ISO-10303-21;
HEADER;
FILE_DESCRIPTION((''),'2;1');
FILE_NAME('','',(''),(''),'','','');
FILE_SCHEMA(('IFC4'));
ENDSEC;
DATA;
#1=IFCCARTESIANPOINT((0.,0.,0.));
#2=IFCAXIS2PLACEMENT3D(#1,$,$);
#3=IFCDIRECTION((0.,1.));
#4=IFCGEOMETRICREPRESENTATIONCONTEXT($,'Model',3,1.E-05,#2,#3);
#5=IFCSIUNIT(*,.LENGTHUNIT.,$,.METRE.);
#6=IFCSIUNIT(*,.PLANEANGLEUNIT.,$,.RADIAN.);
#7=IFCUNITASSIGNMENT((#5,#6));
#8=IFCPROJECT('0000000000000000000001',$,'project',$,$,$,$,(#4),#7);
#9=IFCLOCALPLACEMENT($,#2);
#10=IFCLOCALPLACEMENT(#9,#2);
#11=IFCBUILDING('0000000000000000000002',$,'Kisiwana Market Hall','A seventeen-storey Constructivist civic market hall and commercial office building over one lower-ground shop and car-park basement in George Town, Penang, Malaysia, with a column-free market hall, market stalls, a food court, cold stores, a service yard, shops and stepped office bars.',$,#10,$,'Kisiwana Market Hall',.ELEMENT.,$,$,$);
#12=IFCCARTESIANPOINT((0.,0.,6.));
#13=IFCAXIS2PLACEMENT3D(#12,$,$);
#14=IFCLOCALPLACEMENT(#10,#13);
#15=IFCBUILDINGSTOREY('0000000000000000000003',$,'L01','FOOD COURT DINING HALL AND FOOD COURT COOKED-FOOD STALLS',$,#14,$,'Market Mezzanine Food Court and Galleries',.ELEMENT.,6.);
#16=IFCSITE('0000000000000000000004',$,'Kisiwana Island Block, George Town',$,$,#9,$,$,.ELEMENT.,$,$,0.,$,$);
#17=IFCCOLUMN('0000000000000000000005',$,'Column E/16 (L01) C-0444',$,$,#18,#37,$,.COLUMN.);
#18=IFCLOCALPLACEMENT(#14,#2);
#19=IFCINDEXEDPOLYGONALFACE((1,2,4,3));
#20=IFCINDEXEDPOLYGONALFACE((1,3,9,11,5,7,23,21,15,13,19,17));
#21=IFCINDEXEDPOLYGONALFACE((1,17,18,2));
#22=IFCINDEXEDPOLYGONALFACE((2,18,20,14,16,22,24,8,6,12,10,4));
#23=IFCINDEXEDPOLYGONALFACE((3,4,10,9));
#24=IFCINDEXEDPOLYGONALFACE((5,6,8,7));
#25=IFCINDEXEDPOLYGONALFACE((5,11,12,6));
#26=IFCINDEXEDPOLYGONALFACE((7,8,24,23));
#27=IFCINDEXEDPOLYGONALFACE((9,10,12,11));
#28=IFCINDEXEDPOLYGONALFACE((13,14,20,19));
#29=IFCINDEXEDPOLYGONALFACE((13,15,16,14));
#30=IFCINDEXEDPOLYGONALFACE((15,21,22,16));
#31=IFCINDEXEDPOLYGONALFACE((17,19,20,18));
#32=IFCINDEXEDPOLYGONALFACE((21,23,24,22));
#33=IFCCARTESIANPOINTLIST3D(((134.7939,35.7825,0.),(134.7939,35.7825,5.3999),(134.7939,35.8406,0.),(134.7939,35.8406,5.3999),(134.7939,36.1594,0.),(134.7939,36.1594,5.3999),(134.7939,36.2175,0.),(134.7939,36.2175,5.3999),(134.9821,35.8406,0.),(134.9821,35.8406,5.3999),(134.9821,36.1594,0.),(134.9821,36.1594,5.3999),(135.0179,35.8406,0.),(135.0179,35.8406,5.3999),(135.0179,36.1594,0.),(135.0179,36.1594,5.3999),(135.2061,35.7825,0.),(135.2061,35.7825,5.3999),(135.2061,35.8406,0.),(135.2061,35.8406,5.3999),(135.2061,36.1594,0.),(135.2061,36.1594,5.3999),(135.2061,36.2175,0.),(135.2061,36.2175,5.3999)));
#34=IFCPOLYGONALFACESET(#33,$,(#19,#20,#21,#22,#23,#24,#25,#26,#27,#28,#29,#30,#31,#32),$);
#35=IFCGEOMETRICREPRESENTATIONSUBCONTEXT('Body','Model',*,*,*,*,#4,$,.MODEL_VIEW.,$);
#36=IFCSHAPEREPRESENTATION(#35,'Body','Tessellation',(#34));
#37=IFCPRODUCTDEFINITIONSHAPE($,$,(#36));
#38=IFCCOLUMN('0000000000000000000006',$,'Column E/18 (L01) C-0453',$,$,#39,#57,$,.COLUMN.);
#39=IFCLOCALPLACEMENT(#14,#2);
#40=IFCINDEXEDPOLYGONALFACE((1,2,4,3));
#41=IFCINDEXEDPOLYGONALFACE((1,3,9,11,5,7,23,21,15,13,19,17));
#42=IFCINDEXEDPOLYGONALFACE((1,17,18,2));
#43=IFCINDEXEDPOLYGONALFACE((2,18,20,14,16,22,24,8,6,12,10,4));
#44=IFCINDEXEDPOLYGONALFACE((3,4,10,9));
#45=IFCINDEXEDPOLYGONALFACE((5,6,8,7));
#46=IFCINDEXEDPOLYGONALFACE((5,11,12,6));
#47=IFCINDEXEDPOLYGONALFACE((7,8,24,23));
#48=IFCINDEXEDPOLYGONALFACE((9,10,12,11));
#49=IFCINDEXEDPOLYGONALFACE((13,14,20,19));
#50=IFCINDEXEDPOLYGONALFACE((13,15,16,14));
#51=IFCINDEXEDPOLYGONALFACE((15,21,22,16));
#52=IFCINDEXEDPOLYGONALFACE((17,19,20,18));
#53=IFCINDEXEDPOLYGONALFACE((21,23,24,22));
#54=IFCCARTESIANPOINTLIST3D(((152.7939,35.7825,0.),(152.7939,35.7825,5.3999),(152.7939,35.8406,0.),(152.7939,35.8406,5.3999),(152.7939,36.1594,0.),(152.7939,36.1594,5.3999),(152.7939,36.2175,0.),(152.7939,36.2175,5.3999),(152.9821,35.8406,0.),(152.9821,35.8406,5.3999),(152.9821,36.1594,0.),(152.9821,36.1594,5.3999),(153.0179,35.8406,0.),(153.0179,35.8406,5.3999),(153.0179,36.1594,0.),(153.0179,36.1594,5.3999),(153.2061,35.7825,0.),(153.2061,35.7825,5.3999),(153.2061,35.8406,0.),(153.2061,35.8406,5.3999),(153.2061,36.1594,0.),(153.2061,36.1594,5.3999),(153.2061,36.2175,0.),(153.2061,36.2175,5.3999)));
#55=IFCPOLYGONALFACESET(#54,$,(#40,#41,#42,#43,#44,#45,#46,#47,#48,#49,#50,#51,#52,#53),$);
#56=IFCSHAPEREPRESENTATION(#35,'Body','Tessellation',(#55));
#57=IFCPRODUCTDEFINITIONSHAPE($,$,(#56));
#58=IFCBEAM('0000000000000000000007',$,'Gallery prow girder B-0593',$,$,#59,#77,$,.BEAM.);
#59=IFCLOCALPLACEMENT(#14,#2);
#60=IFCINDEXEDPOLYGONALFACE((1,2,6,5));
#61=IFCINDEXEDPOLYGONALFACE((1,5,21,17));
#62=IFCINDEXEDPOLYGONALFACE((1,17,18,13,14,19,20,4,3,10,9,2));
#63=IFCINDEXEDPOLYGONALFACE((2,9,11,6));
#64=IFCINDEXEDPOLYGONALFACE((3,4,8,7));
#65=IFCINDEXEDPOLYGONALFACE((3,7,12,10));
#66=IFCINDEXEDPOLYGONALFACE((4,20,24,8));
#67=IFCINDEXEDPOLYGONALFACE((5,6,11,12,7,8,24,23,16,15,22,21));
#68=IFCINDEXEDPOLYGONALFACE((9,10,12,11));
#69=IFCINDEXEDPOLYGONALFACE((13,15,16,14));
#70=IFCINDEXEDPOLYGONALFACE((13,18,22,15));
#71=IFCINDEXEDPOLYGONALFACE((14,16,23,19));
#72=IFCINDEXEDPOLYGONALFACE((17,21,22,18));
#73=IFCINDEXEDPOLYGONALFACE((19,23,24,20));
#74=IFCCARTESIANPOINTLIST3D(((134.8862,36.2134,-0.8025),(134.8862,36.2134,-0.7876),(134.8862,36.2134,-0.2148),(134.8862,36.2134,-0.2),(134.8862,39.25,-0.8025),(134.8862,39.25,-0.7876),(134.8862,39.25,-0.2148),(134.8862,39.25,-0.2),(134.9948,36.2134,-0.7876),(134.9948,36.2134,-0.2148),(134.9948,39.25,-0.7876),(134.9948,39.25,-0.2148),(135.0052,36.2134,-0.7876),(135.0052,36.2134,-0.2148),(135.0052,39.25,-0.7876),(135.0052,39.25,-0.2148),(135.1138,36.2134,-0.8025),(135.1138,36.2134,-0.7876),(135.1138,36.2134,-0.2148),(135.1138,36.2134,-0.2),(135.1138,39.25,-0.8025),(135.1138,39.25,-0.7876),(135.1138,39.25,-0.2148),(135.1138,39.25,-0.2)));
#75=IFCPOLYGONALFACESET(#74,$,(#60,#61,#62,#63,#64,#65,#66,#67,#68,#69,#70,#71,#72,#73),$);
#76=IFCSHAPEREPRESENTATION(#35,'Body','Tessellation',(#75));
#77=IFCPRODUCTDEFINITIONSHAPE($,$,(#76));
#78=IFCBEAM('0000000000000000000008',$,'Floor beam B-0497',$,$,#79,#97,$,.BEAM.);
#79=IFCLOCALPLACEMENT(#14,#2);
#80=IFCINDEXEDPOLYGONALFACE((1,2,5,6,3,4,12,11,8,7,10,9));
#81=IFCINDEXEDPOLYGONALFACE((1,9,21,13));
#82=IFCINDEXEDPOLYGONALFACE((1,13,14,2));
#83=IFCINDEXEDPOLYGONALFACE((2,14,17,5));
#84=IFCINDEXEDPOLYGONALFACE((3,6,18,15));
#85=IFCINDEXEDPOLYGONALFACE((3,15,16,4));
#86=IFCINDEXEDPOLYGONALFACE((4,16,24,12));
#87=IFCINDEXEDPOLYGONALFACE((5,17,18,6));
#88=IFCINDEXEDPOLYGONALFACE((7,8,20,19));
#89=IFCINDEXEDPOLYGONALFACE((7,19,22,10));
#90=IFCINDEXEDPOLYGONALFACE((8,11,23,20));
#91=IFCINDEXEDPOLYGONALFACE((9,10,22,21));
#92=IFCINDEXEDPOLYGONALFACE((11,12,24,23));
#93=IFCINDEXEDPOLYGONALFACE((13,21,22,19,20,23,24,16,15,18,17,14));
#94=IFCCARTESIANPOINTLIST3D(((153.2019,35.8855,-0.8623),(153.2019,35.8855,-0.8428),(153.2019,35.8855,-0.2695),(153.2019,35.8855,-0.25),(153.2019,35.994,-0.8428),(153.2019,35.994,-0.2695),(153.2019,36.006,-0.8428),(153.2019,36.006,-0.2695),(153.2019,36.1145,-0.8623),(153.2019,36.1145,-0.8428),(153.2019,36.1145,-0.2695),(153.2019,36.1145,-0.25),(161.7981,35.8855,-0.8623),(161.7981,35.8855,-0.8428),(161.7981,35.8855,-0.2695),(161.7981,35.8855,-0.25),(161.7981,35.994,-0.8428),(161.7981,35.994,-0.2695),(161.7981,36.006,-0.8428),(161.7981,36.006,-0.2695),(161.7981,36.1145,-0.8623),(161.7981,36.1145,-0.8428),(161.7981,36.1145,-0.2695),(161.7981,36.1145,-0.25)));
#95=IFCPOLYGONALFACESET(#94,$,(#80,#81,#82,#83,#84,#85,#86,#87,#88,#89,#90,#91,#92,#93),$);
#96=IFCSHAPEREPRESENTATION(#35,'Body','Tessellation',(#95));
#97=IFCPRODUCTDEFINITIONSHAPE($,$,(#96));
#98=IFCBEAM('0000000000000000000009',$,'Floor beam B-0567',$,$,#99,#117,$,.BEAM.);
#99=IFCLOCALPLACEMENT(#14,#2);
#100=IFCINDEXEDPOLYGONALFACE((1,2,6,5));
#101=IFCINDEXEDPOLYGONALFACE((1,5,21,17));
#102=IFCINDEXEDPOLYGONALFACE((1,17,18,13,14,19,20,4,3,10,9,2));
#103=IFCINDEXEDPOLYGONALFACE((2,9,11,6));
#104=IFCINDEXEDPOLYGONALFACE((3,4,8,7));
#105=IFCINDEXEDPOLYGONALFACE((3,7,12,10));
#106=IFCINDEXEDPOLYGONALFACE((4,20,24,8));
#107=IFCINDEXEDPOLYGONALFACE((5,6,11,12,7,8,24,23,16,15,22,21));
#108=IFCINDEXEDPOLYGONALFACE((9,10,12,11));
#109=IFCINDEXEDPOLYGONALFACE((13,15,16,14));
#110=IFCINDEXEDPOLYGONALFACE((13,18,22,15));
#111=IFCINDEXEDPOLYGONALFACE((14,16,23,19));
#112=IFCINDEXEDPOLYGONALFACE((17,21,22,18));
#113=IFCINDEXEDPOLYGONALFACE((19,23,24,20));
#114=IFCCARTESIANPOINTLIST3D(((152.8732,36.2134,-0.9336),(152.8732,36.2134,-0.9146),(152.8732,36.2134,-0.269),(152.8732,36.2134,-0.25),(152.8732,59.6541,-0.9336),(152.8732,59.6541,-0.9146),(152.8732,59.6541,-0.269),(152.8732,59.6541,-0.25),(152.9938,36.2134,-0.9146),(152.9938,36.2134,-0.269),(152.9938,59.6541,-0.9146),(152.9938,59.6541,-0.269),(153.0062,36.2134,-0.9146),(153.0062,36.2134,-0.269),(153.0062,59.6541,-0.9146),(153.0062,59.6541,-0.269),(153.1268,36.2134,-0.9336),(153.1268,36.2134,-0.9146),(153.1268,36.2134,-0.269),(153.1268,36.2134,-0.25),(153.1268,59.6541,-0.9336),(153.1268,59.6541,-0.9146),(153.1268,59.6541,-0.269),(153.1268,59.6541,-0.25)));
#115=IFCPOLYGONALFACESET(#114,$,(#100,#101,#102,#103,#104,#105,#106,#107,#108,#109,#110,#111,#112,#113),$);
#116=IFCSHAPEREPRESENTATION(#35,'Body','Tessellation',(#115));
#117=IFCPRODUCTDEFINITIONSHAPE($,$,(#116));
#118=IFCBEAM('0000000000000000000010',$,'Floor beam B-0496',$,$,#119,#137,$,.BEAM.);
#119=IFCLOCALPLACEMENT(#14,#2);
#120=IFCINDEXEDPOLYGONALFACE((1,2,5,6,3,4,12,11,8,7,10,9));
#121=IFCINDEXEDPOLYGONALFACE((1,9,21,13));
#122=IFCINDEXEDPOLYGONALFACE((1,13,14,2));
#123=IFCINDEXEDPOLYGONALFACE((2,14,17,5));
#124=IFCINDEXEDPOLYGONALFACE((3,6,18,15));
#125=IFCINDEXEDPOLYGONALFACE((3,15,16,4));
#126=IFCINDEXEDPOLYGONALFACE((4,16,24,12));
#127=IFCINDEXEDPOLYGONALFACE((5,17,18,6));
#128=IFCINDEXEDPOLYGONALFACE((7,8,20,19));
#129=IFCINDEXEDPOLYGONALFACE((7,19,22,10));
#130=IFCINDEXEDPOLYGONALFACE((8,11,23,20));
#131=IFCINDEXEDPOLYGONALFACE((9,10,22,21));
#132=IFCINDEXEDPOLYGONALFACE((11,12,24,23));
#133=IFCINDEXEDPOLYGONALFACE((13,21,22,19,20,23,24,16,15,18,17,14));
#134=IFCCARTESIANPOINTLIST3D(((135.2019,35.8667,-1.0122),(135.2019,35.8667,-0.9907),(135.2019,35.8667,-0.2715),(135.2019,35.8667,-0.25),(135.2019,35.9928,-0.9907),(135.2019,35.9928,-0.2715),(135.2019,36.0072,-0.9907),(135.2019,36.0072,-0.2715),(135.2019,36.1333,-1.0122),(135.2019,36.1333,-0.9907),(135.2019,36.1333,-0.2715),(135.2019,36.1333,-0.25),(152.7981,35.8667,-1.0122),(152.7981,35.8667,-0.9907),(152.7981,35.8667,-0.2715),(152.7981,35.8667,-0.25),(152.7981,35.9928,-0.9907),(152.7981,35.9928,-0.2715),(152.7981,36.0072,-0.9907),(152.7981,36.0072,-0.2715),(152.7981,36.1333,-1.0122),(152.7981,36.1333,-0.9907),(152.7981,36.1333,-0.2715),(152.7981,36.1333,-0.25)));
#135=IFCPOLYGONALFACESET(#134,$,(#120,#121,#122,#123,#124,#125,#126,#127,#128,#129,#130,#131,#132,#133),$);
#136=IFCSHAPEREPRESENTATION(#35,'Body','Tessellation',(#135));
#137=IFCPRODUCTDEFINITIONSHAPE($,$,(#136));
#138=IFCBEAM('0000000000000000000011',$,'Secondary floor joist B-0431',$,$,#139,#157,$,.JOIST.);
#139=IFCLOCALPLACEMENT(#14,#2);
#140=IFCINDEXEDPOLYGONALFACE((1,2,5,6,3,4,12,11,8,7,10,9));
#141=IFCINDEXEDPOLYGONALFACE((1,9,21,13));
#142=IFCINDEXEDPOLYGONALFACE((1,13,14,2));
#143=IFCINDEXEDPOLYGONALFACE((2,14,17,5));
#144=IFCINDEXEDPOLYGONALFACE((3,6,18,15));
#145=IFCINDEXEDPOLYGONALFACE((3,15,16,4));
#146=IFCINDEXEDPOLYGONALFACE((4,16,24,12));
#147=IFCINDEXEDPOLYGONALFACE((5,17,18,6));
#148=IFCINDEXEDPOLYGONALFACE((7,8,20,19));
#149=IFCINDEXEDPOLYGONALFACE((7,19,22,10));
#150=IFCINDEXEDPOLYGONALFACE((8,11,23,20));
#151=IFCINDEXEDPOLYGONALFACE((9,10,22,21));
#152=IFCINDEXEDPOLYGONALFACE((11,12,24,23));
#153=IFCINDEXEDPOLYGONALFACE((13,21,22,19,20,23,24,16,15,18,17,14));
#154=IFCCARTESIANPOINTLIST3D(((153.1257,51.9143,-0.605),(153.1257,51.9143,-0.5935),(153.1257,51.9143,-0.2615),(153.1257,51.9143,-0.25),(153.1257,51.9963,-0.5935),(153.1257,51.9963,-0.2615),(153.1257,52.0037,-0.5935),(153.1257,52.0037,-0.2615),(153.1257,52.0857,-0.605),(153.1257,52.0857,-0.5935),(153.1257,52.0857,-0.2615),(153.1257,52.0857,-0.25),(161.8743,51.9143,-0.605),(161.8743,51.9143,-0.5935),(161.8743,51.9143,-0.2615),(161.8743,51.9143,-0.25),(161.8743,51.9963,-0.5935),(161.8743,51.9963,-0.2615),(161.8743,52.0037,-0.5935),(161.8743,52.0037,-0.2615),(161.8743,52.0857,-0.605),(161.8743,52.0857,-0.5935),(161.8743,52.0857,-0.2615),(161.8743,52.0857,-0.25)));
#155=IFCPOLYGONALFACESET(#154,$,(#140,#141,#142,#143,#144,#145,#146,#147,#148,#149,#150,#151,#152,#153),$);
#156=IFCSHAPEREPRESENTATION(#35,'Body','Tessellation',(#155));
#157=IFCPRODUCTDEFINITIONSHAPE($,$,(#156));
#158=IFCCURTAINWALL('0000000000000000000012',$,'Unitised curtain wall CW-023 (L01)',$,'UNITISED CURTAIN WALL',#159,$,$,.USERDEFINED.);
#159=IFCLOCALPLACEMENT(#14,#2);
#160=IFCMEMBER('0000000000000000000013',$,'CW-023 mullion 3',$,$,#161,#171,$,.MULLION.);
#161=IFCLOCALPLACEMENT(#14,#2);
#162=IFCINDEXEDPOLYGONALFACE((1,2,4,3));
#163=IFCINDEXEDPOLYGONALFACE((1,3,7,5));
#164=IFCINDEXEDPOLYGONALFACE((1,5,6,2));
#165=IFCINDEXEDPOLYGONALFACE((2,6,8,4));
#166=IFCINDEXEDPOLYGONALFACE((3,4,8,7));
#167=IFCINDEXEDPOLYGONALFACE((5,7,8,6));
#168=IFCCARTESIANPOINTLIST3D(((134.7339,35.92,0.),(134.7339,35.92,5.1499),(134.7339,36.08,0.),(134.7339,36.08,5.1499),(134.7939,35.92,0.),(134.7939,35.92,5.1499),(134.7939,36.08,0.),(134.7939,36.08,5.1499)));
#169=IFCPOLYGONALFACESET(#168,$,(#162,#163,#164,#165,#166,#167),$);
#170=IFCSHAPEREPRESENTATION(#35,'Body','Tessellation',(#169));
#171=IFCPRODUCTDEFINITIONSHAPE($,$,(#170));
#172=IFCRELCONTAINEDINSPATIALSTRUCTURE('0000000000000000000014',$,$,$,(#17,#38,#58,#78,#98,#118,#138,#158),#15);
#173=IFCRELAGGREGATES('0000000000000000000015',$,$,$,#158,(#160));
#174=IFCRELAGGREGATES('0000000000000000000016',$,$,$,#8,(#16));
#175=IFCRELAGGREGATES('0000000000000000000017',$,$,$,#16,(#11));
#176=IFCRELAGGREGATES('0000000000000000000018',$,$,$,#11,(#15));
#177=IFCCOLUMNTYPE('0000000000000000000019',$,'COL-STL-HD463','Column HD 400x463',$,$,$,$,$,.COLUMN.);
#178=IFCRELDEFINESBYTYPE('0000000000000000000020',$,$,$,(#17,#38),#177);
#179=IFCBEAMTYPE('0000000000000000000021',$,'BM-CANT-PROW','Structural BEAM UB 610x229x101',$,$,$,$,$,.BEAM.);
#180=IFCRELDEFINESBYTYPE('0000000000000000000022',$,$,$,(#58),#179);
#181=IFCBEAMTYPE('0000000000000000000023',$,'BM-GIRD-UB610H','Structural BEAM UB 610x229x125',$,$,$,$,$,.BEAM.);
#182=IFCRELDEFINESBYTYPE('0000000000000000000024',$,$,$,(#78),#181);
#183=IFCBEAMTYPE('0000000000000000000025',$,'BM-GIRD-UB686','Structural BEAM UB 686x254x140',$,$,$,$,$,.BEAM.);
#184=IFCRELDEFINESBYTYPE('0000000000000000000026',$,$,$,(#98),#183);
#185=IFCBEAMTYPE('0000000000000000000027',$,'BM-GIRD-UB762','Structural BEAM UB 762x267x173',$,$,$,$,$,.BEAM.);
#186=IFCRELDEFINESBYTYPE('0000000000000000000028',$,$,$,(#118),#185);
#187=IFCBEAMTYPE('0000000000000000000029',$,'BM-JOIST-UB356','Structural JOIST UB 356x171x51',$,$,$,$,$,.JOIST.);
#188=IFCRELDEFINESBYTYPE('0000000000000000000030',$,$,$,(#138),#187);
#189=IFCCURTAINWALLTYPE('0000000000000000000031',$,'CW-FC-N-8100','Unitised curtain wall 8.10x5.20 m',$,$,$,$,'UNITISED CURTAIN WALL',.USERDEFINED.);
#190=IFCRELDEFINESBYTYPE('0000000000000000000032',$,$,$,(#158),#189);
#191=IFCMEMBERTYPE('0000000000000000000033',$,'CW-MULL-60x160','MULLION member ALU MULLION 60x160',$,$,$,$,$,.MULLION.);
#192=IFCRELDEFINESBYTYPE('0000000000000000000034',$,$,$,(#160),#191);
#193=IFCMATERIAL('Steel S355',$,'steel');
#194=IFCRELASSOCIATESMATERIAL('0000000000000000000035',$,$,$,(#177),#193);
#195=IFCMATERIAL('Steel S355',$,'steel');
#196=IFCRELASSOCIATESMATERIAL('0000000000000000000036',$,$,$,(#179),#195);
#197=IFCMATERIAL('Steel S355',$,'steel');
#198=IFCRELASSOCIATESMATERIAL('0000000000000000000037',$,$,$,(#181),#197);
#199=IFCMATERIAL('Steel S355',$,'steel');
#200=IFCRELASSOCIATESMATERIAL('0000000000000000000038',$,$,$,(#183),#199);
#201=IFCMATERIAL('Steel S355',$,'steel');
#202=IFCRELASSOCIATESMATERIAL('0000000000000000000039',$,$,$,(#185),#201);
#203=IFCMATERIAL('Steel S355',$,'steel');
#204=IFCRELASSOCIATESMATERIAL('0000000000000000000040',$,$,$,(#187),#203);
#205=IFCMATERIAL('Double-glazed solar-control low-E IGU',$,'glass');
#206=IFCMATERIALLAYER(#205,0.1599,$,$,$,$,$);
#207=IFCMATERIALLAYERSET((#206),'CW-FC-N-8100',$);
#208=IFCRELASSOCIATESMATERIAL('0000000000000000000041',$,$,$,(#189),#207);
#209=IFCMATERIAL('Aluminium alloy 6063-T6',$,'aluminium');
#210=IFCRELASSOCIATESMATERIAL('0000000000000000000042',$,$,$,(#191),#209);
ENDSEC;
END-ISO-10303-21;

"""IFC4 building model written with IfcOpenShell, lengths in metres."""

from ifc_helpers import new_model, si_unit, direction, frame, origin, origin_2d, place, context, subcontext, project, spatial, rectangle, i_section, extrude, material, layer, layer_set, material_profile, profile_set, type_object, element, aggregate, save


model = new_model("IFC4")

# Units and contexts
model_context = context("Model", 3, precision=1e-05, world=origin(), true_north=direction((0.0, 1.0)))
body_context = subcontext(model_context, "Body", "Model", "MODEL_VIEW")
ifc_project = project(units=[si_unit("LENGTHUNIT", "METRE"), si_unit("PLANEANGLEUNIT", "RADIAN")], contexts=[model_context])

# Site, building, storey
site_placement = place(None, origin())
site = spatial("IfcSite", under=ifc_project, at=site_placement, Name="Kisiwana Island Block, George Town", CompositionType="ELEMENT", RefElevation=0.0)
building_placement = place(site_placement, origin())
building = spatial("IfcBuilding", under=site, at=building_placement, Name="Kisiwana Market Hall", Description="A seventeen-storey Constructivist civic market hall and commercial office building over one lower-ground shop and car-park basement in George Town, Penang, Malaysia, with a column-free market hall, market stalls, a food court, cold stores, a service yard, shops and stepped office bars.", LongName="Kisiwana Market Hall", CompositionType="ELEMENT")
storey_placement = place(building_placement, frame((0.0, 0.0, 6.0)))
storey = spatial("IfcBuildingStorey", under=building, at=storey_placement, Name="L01", Description="FOOD COURT DINING HALL AND FOOD COURT COOKED-FOOD STALLS", LongName="Market Mezzanine Food Court and Galleries", CompositionType="ELEMENT", Elevation=6.0)

# Columns
ifc_material_1 = material(Name="Steel S355", Category="steel")
ifc_material_profile_1 = material_profile(ifc_material_1, i_section(OverallWidth=0.4121, OverallDepth=0.4351, WebThickness=0.0359, FlangeThickness=0.0581, at=origin_2d()), Name="HD 400x463")
ifc_profile_set_1 = profile_set([ifc_material_profile_1], Name="Steel S355")
column_type = type_object("IfcColumnType", Name="COL-STL-HD463", Description="Column HD 400x463", PredefinedType="COLUMN", material=ifc_profile_set_1)
for number, where, z_axis, x_axis, name in (
    (1, (135.0, 36.0, 0.0), (0.0, 0.0, 1.0), (1.0, 0.0, 0.0), "Column E/16 (L01) C-0444"),
    (2, (153.0, 36.0, 0.0), (0.0, 0.0, 1.0), (1.0, 0.0, 0.0), "Column E/18 (L01) C-0453"),
):
    element("IfcColumn", number, at=place(storey_placement, frame(where, z_axis=z_axis, x_axis=x_axis)), inside=storey, type_object=column_type, Name=name, PredefinedType="COLUMN", context=body_context, shape_type="SweptSolid", body=[
        extrude(i_section(OverallWidth=0.4121, OverallDepth=0.4351, WebThickness=0.0359, FlangeThickness=0.0581, at=origin_2d()), origin(), (0.0, 0.0, 1.0), 5.3999),
    ])

# Beams
ifc_material_2 = material(Name="Steel S355", Category="steel")
ifc_material_profile_2 = material_profile(ifc_material_2, i_section(OverallWidth=0.2275, OverallDepth=0.6025, WebThickness=0.0105, FlangeThickness=0.0149, at=origin_2d()), Name="UB 610x229x101")
ifc_profile_set_2 = profile_set([ifc_material_profile_2], Name="Steel S355")
beam_type_1 = type_object("IfcBeamType", Name="BM-CANT-PROW", Description="Structural BEAM UB 610x229x101", PredefinedType="BEAM", material=ifc_profile_set_2)
beam_1_placement = place(storey_placement, frame((135.0, 36.2134, -0.5012), z_axis=(0.0, 1.0, 0.0), x_axis=(-1.0, 0.0, 0.0)))
element("IfcBeam", 3, at=beam_1_placement, inside=storey, type_object=beam_type_1, Name="Gallery prow girder B-0593", PredefinedType="BEAM", context=body_context, shape_type="SweptSolid", body=[
    extrude(i_section(OverallWidth=0.2275, OverallDepth=0.6025, WebThickness=0.0105, FlangeThickness=0.0149, at=origin_2d()), origin(), (0.0, 0.0, 1.0), 3.0366),
])
ifc_material_3 = material(Name="Steel S355", Category="steel")
ifc_material_profile_3 = material_profile(ifc_material_3, i_section(OverallWidth=0.229, OverallDepth=0.6123, WebThickness=0.012, FlangeThickness=0.0195, at=origin_2d()), Name="UB 610x229x125")
ifc_profile_set_3 = profile_set([ifc_material_profile_3], Name="Steel S355")
beam_type_2 = type_object("IfcBeamType", Name="BM-GIRD-UB610H", Description="Structural BEAM UB 610x229x125", PredefinedType="BEAM", material=ifc_profile_set_3)
beam_2_placement = place(storey_placement, frame((153.2019, 36.0, -0.5562), z_axis=(1.0, 0.0, 0.0), x_axis=(0.0, 1.0, 0.0)))
element("IfcBeam", 4, at=beam_2_placement, inside=storey, type_object=beam_type_2, Name="Floor beam B-0497", PredefinedType="BEAM", context=body_context, shape_type="SweptSolid", body=[
    extrude(i_section(OverallWidth=0.229, OverallDepth=0.6123, WebThickness=0.012, FlangeThickness=0.0195, at=origin_2d()), origin(), (0.0, 0.0, 1.0), 8.5962),
])
ifc_material_4 = material(Name="Steel S355", Category="steel")
ifc_material_profile_4 = material_profile(ifc_material_4, i_section(OverallWidth=0.2537, OverallDepth=0.6836, WebThickness=0.0125, FlangeThickness=0.019, at=origin_2d()), Name="UB 686x254x140")
ifc_profile_set_4 = profile_set([ifc_material_profile_4], Name="Steel S355")
beam_type_3 = type_object("IfcBeamType", Name="BM-GIRD-UB686", Description="Structural BEAM UB 686x254x140", PredefinedType="BEAM", material=ifc_profile_set_4)
beam_3_placement = place(storey_placement, frame((153.0, 36.2134, -0.5918), z_axis=(0.0, 1.0, 0.0), x_axis=(-1.0, 0.0, 0.0)))
element("IfcBeam", 5, at=beam_3_placement, inside=storey, type_object=beam_type_3, Name="Floor beam B-0567", PredefinedType="BEAM", context=body_context, shape_type="SweptSolid", body=[
    extrude(i_section(OverallWidth=0.2537, OverallDepth=0.6836, WebThickness=0.0125, FlangeThickness=0.019, at=origin_2d()), origin(), (0.0, 0.0, 1.0), 23.4407),
])
ifc_material_5 = material(Name="Steel S355", Category="steel")
ifc_material_profile_5 = material_profile(ifc_material_5, i_section(OverallWidth=0.2666, OverallDepth=0.7622, WebThickness=0.0144, FlangeThickness=0.0215, at=origin_2d()), Name="UB 762x267x173")
ifc_profile_set_5 = profile_set([ifc_material_profile_5], Name="Steel S355")
beam_type_4 = type_object("IfcBeamType", Name="BM-GIRD-UB762", Description="Structural BEAM UB 762x267x173", PredefinedType="BEAM", material=ifc_profile_set_5)
beam_4_placement = place(storey_placement, frame((135.2019, 36.0, -0.6311), z_axis=(1.0, 0.0, 0.0), x_axis=(0.0, 1.0, 0.0)))
element("IfcBeam", 6, at=beam_4_placement, inside=storey, type_object=beam_type_4, Name="Floor beam B-0496", PredefinedType="BEAM", context=body_context, shape_type="SweptSolid", body=[
    extrude(i_section(OverallWidth=0.2666, OverallDepth=0.7622, WebThickness=0.0144, FlangeThickness=0.0215, at=origin_2d()), origin(), (0.0, 0.0, 1.0), 17.5962),
])
ifc_material_6 = material(Name="Steel S355", Category="steel")
ifc_material_profile_6 = material_profile(ifc_material_6, i_section(OverallWidth=0.1714, OverallDepth=0.355, WebThickness=0.0073, FlangeThickness=0.0115, at=origin_2d()), Name="UB 356x171x51")
ifc_profile_set_6 = profile_set([ifc_material_profile_6], Name="Steel S355")
beam_type_5 = type_object("IfcBeamType", Name="BM-JOIST-UB356", Description="Structural JOIST UB 356x171x51", PredefinedType="JOIST", material=ifc_profile_set_6)
beam_5_placement = place(storey_placement, frame((153.1257, 52.0, -0.4275), z_axis=(1.0, 0.0, 0.0), x_axis=(0.0, 1.0, 0.0)))
element("IfcBeam", 7, at=beam_5_placement, inside=storey, type_object=beam_type_5, Name="Secondary floor joist B-0431", PredefinedType="JOIST", context=body_context, shape_type="SweptSolid", body=[
    extrude(i_section(OverallWidth=0.1714, OverallDepth=0.355, WebThickness=0.0073, FlangeThickness=0.0115, at=origin_2d()), origin(), (0.0, 0.0, 1.0), 8.7485),
])

# Curtain wall, member
ifc_material_7 = material(Name="Double-glazed solar-control low-E IGU", Category="glass")
ifc_layer_1 = layer(ifc_material_7, 0.1599)
ifc_layer_set_1 = layer_set([ifc_layer_1], Name="CW-FC-N-8100")
curtain_wall_type = type_object("IfcCurtainWallType", Name="CW-FC-N-8100", Description="Unitised curtain wall 8.10x5.20 m", ElementType="UNITISED CURTAIN WALL", PredefinedType="USERDEFINED", material=ifc_layer_set_1)
curtain_wall_1_placement = place(storey_placement, origin())
curtain_wall_1 = element("IfcCurtainWall", 8, at=curtain_wall_1_placement, inside=storey, type_object=curtain_wall_type, Name="Unitised curtain wall CW-023 (L01)", ObjectType="UNITISED CURTAIN WALL", PredefinedType="USERDEFINED")
ifc_material_8 = material(Name="Aluminium alloy 6063-T6", Category="aluminium")
ifc_material_profile_7 = material_profile(ifc_material_8, rectangle(XDim=0.0601, YDim=0.1599, at=origin_2d()), Name="ALU MULLION 60x160")
ifc_profile_set_7 = profile_set([ifc_material_profile_7], Name="Aluminium alloy 6063-T6")
member_type_1 = type_object("IfcMemberType", Name="CW-MULL-60x160", Description="MULLION member ALU MULLION 60x160", PredefinedType="MULLION", material=ifc_profile_set_7)
member_1_placement = place(storey_placement, frame((134.7639, 36.0, 0.0), z_axis=(0.0, 0.0, 1.0), x_axis=(1.0, 0.0, 0.0)))
member_1 = element("IfcMember", 9, at=member_1_placement, type_object=member_type_1, Name="CW-023 mullion 3", PredefinedType="MULLION", context=body_context, shape_type="SweptSolid", body=[
    extrude(rectangle(XDim=0.0601, YDim=0.1599, at=origin_2d()), origin(), (0.0, 0.0, 1.0), 5.1499),
])

aggregate(curtain_wall_1, [member_1])

save(model, "model.ifc")
